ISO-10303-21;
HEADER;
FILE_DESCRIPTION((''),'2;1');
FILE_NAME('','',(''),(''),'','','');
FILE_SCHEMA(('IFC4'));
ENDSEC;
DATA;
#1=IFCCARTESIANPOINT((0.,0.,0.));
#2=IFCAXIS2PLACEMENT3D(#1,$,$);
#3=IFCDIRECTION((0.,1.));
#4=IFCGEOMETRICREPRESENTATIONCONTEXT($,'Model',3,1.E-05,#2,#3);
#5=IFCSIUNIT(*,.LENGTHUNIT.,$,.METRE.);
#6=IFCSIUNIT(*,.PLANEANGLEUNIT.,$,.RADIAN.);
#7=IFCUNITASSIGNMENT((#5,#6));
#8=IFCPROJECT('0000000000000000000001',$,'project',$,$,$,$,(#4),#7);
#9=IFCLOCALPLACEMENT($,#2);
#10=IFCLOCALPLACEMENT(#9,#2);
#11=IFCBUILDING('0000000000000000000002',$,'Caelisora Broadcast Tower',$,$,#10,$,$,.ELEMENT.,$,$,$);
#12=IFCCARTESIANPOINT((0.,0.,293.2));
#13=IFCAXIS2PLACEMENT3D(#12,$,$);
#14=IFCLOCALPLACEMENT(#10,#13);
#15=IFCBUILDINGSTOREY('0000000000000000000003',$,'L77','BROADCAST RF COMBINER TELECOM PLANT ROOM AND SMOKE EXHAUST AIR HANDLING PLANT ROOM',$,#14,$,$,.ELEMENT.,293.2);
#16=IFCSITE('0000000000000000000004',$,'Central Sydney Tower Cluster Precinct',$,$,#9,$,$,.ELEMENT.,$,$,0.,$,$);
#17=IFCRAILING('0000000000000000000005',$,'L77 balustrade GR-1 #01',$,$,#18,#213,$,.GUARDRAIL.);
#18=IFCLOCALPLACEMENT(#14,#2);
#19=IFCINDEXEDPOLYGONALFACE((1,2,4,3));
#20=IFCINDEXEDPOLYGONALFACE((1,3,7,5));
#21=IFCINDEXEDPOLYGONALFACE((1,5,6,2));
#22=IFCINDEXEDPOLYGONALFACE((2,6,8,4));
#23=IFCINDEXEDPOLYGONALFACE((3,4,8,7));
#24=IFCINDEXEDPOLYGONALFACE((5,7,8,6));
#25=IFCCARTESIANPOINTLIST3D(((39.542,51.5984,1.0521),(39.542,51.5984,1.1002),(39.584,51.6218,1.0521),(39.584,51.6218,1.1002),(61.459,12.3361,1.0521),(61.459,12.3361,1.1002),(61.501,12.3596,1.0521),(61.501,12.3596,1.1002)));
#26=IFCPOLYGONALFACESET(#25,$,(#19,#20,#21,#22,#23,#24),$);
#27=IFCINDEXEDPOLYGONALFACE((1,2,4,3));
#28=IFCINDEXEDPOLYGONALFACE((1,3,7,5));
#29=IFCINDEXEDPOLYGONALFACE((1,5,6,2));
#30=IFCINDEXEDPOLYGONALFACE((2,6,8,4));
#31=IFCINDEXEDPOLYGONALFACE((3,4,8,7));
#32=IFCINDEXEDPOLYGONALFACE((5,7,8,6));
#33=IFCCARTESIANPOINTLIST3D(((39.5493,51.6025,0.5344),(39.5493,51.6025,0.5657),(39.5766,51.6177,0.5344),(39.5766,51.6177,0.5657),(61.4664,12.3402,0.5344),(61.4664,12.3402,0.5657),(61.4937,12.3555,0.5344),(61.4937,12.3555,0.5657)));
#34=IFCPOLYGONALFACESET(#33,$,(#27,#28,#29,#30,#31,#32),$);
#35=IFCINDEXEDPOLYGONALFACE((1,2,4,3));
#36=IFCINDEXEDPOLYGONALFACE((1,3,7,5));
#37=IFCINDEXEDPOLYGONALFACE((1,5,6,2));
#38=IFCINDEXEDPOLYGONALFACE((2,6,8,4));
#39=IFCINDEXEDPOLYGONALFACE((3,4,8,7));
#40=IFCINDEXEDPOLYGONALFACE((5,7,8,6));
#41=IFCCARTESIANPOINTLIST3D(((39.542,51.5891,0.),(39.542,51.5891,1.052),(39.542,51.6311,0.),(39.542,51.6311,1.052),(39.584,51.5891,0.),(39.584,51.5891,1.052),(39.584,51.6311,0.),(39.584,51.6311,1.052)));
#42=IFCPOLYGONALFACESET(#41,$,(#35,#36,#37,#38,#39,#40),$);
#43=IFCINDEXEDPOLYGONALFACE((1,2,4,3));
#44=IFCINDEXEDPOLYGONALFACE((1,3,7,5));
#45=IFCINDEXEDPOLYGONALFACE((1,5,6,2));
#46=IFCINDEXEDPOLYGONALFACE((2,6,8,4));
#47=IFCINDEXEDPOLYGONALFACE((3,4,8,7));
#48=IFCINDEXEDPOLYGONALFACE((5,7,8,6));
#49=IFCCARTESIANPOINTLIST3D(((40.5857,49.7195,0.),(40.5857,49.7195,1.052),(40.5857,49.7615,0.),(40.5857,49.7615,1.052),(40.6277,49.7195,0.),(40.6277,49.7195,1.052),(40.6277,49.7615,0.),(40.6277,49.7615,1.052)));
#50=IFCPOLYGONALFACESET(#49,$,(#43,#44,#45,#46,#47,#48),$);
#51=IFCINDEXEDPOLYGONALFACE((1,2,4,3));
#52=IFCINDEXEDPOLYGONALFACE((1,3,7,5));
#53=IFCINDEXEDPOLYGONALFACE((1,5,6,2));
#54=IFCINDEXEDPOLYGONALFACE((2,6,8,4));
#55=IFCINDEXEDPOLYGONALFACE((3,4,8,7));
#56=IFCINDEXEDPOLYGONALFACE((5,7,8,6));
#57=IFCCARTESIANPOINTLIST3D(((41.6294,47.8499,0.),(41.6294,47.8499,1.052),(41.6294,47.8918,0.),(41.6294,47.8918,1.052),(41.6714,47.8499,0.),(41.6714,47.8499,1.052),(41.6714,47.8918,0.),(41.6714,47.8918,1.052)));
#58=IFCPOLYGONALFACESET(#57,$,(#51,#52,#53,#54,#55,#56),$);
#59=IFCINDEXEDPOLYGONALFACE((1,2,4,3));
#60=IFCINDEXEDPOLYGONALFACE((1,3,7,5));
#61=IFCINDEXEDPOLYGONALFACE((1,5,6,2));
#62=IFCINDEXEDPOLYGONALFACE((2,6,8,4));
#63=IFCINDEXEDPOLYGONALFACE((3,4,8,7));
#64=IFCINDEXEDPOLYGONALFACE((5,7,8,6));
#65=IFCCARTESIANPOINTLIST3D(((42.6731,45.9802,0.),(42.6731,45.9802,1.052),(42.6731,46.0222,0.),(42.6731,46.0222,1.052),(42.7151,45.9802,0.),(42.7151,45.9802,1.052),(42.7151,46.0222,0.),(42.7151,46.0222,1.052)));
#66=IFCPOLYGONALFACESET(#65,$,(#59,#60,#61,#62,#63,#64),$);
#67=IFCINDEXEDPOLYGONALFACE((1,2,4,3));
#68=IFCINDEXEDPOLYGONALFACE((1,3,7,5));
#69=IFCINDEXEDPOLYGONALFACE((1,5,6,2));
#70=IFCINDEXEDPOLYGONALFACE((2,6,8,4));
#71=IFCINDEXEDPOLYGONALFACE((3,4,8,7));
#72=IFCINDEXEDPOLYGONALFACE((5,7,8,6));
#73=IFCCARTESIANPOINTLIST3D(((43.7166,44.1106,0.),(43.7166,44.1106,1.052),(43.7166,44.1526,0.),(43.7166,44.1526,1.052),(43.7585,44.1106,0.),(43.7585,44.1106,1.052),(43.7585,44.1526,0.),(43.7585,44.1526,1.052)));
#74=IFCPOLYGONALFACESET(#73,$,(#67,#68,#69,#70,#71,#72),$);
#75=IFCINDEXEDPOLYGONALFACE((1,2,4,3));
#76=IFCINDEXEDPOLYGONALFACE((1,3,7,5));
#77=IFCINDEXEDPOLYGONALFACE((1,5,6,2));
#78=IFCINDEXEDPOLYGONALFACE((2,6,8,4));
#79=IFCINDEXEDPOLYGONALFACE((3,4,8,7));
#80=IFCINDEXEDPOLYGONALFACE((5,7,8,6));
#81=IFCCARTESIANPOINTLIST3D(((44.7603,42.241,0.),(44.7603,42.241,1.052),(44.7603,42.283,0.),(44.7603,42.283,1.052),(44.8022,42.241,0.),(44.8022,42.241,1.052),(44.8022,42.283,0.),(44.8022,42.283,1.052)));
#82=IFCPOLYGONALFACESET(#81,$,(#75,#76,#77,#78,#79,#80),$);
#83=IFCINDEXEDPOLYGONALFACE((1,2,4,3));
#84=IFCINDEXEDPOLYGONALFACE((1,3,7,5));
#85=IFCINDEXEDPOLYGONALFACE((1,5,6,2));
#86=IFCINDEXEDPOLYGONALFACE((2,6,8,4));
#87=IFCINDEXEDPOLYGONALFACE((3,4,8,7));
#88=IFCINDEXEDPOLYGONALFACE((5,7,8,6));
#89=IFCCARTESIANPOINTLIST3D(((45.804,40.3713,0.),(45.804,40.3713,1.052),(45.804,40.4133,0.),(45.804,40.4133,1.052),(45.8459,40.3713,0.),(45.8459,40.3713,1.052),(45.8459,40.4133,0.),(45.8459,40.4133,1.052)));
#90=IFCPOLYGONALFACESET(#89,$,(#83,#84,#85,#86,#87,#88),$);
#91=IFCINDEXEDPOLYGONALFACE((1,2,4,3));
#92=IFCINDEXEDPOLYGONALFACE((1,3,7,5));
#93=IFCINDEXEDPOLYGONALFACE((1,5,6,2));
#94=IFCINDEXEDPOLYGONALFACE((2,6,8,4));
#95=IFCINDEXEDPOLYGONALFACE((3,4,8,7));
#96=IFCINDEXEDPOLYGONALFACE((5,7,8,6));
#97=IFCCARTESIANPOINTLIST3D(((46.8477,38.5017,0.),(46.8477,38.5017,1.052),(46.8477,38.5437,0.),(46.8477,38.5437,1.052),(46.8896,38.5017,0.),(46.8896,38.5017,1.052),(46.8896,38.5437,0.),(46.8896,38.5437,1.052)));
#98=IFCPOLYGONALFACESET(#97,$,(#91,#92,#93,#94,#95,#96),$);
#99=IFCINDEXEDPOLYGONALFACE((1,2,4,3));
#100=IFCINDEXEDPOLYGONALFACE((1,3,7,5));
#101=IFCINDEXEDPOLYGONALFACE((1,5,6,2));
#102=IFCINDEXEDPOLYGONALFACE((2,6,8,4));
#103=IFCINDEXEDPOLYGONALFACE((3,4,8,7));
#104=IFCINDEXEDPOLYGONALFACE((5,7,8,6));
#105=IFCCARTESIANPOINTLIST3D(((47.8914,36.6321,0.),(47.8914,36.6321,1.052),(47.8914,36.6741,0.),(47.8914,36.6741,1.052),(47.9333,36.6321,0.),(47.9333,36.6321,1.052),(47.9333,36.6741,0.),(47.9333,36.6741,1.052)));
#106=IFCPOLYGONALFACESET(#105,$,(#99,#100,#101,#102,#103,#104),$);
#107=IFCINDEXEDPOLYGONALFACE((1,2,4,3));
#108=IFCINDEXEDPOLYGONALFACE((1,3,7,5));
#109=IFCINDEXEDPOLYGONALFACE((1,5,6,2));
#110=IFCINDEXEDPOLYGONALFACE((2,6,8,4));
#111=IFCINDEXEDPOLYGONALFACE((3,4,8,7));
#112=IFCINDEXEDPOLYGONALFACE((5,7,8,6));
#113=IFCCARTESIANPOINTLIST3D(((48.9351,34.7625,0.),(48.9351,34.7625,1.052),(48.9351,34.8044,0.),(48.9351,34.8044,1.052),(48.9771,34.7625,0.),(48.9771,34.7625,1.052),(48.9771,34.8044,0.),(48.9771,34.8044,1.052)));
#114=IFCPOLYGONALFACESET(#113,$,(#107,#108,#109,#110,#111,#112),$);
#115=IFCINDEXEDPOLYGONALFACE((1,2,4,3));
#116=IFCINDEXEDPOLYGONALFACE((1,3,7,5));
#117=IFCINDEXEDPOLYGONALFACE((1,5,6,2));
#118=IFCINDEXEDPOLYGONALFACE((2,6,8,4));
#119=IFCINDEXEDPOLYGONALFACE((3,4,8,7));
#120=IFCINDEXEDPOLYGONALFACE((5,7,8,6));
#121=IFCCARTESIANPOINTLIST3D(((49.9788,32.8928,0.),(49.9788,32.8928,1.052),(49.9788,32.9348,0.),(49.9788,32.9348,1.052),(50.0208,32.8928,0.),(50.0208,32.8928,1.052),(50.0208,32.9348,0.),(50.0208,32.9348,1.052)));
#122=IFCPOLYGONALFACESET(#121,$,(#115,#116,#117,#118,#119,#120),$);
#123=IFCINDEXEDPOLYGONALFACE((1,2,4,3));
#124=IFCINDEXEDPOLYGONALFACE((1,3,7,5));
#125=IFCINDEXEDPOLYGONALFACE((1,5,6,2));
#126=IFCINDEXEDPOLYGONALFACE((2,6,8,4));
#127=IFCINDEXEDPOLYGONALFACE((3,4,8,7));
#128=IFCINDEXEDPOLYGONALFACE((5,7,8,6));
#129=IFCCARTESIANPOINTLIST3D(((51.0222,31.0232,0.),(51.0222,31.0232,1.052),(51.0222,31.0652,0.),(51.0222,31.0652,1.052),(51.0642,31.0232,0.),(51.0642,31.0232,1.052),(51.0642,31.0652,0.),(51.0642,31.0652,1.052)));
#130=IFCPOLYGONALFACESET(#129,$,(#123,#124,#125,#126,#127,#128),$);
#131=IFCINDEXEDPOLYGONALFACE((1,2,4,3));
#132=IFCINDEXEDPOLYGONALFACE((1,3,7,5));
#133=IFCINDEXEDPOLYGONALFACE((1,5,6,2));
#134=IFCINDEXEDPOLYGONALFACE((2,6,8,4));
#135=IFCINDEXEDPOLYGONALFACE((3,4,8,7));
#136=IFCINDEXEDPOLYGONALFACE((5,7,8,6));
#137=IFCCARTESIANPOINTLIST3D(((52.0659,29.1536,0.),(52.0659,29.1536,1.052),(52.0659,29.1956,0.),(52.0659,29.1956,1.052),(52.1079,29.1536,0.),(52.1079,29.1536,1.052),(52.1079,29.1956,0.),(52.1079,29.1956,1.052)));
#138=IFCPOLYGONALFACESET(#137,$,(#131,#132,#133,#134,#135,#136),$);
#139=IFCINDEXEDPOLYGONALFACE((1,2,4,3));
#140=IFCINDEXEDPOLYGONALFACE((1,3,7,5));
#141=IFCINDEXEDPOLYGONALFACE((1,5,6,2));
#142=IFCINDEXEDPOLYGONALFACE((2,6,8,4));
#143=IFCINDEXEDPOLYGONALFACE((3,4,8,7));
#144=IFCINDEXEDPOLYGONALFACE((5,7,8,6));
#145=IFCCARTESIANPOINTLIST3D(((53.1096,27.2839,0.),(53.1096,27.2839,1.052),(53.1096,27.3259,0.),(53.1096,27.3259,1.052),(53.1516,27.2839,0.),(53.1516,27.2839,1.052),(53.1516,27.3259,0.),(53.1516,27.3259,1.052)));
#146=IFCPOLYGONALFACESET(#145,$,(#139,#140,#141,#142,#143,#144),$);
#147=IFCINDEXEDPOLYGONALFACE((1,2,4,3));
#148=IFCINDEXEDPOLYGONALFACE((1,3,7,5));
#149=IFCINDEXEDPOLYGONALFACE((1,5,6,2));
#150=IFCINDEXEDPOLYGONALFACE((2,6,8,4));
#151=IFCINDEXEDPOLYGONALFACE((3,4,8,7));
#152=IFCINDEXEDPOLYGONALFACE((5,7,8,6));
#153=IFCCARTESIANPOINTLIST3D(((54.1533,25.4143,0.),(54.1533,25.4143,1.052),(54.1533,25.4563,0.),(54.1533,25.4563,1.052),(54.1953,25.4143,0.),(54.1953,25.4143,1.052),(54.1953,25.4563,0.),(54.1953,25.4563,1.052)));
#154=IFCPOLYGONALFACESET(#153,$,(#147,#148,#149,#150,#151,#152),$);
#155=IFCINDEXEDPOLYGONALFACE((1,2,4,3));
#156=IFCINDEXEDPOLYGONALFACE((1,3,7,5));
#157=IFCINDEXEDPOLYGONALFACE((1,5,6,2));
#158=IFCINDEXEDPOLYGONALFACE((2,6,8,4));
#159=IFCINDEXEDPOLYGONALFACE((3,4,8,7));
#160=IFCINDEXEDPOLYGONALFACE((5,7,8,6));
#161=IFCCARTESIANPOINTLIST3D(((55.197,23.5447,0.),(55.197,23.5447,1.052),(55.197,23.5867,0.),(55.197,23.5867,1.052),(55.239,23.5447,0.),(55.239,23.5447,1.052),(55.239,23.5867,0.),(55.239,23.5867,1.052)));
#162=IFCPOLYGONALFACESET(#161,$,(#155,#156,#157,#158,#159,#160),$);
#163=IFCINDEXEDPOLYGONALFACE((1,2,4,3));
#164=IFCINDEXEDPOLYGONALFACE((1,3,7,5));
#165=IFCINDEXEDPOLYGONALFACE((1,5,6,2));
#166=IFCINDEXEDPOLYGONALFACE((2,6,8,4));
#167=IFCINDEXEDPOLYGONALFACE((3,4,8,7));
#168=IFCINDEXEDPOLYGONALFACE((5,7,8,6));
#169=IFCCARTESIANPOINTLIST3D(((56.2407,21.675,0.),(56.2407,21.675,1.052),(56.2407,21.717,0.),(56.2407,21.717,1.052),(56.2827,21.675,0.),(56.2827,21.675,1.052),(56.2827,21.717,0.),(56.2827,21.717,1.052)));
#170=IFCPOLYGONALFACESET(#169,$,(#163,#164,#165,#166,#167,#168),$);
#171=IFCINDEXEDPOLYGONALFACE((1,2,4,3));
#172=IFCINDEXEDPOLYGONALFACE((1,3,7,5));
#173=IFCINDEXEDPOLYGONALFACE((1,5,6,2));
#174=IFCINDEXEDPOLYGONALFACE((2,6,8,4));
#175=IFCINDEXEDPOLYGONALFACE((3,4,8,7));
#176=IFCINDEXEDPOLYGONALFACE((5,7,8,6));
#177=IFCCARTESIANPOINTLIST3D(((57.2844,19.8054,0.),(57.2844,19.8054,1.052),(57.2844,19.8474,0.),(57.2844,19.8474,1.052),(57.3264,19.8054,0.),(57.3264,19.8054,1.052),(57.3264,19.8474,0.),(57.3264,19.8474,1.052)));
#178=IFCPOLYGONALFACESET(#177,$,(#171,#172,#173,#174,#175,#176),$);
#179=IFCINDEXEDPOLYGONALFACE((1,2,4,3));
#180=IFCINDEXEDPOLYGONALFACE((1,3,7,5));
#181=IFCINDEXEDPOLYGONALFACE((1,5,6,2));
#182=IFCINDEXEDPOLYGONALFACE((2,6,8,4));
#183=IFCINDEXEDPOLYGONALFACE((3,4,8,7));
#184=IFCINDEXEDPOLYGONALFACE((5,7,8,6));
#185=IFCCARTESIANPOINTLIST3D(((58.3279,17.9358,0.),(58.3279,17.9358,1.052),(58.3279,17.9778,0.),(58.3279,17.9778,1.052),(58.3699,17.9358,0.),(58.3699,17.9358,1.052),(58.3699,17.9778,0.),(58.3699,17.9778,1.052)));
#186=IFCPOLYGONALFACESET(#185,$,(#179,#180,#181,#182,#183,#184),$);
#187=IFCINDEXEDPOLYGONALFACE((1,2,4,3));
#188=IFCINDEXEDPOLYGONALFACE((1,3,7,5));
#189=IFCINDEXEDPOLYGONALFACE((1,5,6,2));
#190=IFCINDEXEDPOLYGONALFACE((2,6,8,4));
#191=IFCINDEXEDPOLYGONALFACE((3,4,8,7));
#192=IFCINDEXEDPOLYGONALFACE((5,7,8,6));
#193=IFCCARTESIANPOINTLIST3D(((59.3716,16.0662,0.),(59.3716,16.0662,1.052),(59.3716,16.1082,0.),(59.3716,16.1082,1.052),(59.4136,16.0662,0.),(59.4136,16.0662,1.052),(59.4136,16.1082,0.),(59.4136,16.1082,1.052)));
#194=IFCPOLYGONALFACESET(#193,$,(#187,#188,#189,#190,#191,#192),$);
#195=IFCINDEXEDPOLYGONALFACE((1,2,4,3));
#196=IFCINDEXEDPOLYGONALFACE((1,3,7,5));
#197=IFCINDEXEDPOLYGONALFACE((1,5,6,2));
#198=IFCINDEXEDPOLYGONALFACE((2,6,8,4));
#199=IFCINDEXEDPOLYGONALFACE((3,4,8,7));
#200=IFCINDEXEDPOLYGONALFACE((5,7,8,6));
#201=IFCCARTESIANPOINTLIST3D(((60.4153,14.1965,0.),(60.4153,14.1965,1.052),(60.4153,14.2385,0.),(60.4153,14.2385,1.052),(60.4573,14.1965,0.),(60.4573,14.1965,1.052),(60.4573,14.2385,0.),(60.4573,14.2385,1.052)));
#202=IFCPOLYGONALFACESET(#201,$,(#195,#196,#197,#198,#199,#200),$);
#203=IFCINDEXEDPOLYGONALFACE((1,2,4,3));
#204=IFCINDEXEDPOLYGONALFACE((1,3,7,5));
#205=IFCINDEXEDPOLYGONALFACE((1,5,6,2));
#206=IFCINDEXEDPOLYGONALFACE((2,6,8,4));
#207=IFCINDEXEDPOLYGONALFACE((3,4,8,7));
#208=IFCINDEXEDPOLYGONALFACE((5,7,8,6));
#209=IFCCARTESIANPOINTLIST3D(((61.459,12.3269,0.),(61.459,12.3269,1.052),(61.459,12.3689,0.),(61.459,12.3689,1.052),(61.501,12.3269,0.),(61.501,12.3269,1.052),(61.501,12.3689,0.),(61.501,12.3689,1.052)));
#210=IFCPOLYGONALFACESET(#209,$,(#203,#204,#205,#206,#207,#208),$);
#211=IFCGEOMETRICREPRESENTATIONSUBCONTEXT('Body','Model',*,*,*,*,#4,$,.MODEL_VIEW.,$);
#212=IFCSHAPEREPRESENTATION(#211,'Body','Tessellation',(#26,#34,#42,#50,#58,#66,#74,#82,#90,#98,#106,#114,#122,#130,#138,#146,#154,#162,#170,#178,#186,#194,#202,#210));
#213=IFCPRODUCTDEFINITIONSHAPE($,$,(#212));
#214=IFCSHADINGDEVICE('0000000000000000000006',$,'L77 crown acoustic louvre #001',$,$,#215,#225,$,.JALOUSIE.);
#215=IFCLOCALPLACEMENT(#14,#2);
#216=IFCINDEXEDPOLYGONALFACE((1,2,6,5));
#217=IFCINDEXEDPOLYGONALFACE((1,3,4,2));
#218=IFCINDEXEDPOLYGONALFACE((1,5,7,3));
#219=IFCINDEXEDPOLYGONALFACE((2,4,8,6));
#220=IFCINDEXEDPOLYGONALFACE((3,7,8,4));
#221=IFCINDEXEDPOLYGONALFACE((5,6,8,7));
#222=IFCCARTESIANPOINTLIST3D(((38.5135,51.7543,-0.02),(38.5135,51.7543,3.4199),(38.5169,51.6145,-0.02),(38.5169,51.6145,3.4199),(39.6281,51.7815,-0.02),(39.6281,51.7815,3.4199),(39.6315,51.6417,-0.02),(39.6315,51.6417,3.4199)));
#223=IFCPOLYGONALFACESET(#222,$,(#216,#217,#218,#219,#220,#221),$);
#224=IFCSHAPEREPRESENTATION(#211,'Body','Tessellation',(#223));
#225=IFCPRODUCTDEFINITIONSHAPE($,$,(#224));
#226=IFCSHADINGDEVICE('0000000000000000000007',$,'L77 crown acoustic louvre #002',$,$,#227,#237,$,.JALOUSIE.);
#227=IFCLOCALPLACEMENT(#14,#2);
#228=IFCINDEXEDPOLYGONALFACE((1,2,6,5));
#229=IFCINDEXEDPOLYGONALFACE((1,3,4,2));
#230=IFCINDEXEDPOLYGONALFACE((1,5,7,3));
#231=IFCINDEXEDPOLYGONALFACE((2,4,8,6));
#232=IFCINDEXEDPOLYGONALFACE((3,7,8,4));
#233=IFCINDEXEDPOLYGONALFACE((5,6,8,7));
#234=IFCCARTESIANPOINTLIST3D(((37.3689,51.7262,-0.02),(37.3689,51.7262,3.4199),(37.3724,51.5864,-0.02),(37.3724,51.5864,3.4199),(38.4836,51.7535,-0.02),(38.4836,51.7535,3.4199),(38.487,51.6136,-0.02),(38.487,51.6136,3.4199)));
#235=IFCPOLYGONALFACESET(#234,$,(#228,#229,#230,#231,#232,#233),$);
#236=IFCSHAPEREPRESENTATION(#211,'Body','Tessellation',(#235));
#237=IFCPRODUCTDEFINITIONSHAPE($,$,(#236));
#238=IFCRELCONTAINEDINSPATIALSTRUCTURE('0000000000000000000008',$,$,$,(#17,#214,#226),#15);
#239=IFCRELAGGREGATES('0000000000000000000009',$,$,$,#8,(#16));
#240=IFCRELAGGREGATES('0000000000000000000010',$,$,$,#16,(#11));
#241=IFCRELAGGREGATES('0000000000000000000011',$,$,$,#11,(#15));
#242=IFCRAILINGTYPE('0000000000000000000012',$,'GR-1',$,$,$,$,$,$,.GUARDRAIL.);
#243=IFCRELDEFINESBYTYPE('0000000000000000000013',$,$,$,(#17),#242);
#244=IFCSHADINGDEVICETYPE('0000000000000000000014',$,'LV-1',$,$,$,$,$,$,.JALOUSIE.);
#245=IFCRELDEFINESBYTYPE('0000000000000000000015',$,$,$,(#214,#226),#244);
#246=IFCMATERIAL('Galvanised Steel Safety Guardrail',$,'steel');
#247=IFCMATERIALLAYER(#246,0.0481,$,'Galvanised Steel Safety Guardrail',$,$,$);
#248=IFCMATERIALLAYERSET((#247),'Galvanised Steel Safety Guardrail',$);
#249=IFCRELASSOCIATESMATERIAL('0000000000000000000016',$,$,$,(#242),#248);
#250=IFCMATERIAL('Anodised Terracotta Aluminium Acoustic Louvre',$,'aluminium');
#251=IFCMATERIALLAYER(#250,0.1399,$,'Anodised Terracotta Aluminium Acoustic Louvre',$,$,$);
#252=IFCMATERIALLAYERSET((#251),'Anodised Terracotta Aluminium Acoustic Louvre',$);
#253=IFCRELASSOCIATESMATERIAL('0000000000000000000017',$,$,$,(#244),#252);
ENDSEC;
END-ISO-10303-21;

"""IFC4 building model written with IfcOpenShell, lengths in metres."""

from ifc_helpers import new_model, si_unit, direction, frame, origin, origin_2d, place, context, subcontext, project, spatial, rectangle, extrude, source, transform, mapped, material, layer, layer_set, type_object, element, save


model = new_model("IFC4")

# Units and contexts
model_context = context("Model", 3, precision=1e-05, world=origin(), true_north=direction((0.0, 1.0)))
body_context = subcontext(model_context, "Body", "Model", "MODEL_VIEW")
ifc_project = project(units=[si_unit("LENGTHUNIT", "METRE"), si_unit("PLANEANGLEUNIT", "RADIAN")], contexts=[model_context])

# Site, building, storey
site_placement = place(None, origin())
site = spatial("IfcSite", under=ifc_project, at=site_placement, Name="Central Sydney Tower Cluster Precinct", CompositionType="ELEMENT", RefElevation=0.0)
building_placement = place(site_placement, origin())
building = spatial("IfcBuilding", under=site, at=building_placement, Name="Caelisora Broadcast Tower", CompositionType="ELEMENT")
storey_placement = place(building_placement, frame((0.0, 0.0, 293.2)))
storey = spatial("IfcBuildingStorey", under=building, at=storey_placement, Name="L77", Description="BROADCAST RF COMBINER TELECOM PLANT ROOM AND SMOKE EXHAUST AIR HANDLING PLANT ROOM", CompositionType="ELEMENT", Elevation=293.2)

# Railing
ifc_material_1 = material(Name="Galvanised Steel Safety Guardrail", Category="steel")
ifc_layer_1 = layer(ifc_material_1, 0.0481, Name="Galvanised Steel Safety Guardrail")
ifc_layer_set_1 = layer_set([ifc_layer_1], Name="Galvanised Steel Safety Guardrail")
railing_type = type_object("IfcRailingType", Name="GR-1", PredefinedType="GUARDRAIL", material=ifc_layer_set_1)
railing_placement = place(storey_placement, frame((39.563, 51.6101, 0.0)))
element("IfcRailing", 1, at=railing_placement, inside=storey, type_object=railing_type, Name="L77 balustrade GR-1 #01", PredefinedType="GUARDRAIL", context=body_context, shape_type="SweptSolid", body=[
    extrude(rectangle(XDim=0.0481, YDim=0.0481, at=origin_2d()), frame((0.0, 0.0, 1.0762), z_axis=(0.48742, -0.873167, 0.0), x_axis=(0.873167, 0.48742, 0.0)), (0.0, 0.0, 1.0), 44.9653),
    extrude(rectangle(XDim=0.0312, YDim=0.0312, at=origin_2d()), frame((0.0, 0.0, 0.55), z_axis=(0.48742, -0.873167, 0.0), x_axis=(0.873167, 0.48742, 0.0)), (0.0, 0.0, 1.0), 44.9653),
    extrude(rectangle(XDim=0.042, YDim=0.042, at=origin_2d()), origin(), (0.0, 0.0, 1.0), 1.052),
    extrude(rectangle(XDim=0.042, YDim=0.042, at=origin_2d()), frame((1.0437, -1.8696, 0.0)), (0.0, 0.0, 1.0), 1.052),
    extrude(rectangle(XDim=0.042, YDim=0.042, at=origin_2d()), frame((2.0874, -3.7393, 0.0)), (0.0, 0.0, 1.0), 1.052),
    extrude(rectangle(XDim=0.042, YDim=0.042, at=origin_2d()), frame((3.1311, -5.6089, 0.0)), (0.0, 0.0, 1.0), 1.052),
    extrude(rectangle(XDim=0.042, YDim=0.042, at=origin_2d()), frame((4.1746, -7.4785, 0.0)), (0.0, 0.0, 1.0), 1.052),
    extrude(rectangle(XDim=0.042, YDim=0.042, at=origin_2d()), frame((5.2183, -9.3481, 0.0)), (0.0, 0.0, 1.0), 1.052),
    extrude(rectangle(XDim=0.042, YDim=0.042, at=origin_2d()), frame((6.262, -11.2178, 0.0)), (0.0, 0.0, 1.0), 1.052),
    extrude(rectangle(XDim=0.042, YDim=0.042, at=origin_2d()), frame((7.3057, -13.0874, 0.0)), (0.0, 0.0, 1.0), 1.052),
    extrude(rectangle(XDim=0.042, YDim=0.042, at=origin_2d()), frame((8.3494, -14.957, 0.0)), (0.0, 0.0, 1.0), 1.052),
    extrude(rectangle(XDim=0.042, YDim=0.042, at=origin_2d()), frame((9.3931, -16.8267, 0.0)), (0.0, 0.0, 1.0), 1.052),
    extrude(rectangle(XDim=0.042, YDim=0.042, at=origin_2d()), frame((10.4368, -18.6963, 0.0)), (0.0, 0.0, 1.0), 1.052),
    extrude(rectangle(XDim=0.042, YDim=0.042, at=origin_2d()), frame((11.4802, -20.5659, 0.0)), (0.0, 0.0, 1.0), 1.052),
    extrude(rectangle(XDim=0.042, YDim=0.042, at=origin_2d()), frame((12.5239, -22.4355, 0.0)), (0.0, 0.0, 1.0), 1.052),
    extrude(rectangle(XDim=0.042, YDim=0.042, at=origin_2d()), frame((13.5676, -24.3052, 0.0)), (0.0, 0.0, 1.0), 1.052),
    extrude(rectangle(XDim=0.042, YDim=0.042, at=origin_2d()), frame((14.6113, -26.1748, 0.0)), (0.0, 0.0, 1.0), 1.052),
    extrude(rectangle(XDim=0.042, YDim=0.042, at=origin_2d()), frame((15.655, -28.0444, 0.0)), (0.0, 0.0, 1.0), 1.052),
    extrude(rectangle(XDim=0.042, YDim=0.042, at=origin_2d()), frame((16.6987, -29.9141, 0.0)), (0.0, 0.0, 1.0), 1.052),
    extrude(rectangle(XDim=0.042, YDim=0.042, at=origin_2d()), frame((17.7424, -31.7837, 0.0)), (0.0, 0.0, 1.0), 1.052),
    extrude(rectangle(XDim=0.042, YDim=0.042, at=origin_2d()), frame((18.7859, -33.6533, 0.0)), (0.0, 0.0, 1.0), 1.052),
    extrude(rectangle(XDim=0.042, YDim=0.042, at=origin_2d()), frame((19.8296, -35.5229, 0.0)), (0.0, 0.0, 1.0), 1.052),
    extrude(rectangle(XDim=0.042, YDim=0.042, at=origin_2d()), frame((20.8733, -37.3926, 0.0)), (0.0, 0.0, 1.0), 1.052),
    extrude(rectangle(XDim=0.042, YDim=0.042, at=origin_2d()), frame((21.917, -39.2622, 0.0)), (0.0, 0.0, 1.0), 1.052),
])

# Shading devices
ifc_material_2 = material(Name="Anodised Terracotta Aluminium Acoustic Louvre", Category="aluminium")
ifc_layer_2 = layer(ifc_material_2, 0.1399, Name="Anodised Terracotta Aluminium Acoustic Louvre")
ifc_layer_set_2 = layer_set([ifc_layer_2], Name="Anodised Terracotta Aluminium Acoustic Louvre")
shading_device_type = type_object("IfcShadingDeviceType", Name="LV-1", PredefinedType="JALOUSIE", material=ifc_layer_set_2)
shared_shape_1 = source(origin(), body_context, "Body", "SweptSolid", [
    extrude(rectangle(XDim=1.115, YDim=0.1399, at=origin_2d()), origin(), (0.0, 0.0, 1.0), 3.4399),
])
for number, where, z_axis, x_axis, name in (
    (2, (39.0725, 51.698, -0.02), (0.0, 0.0, 1.0), (-0.999701, -0.024432, 0.0), "L77 crown acoustic louvre #001"),
    (3, (37.928, 51.6699, -0.02), (0.0, 0.0, 1.0), (-0.999701, -0.024432, 0.0), "L77 crown acoustic louvre #002"),
):
    element("IfcShadingDevice", number, at=place(storey_placement, frame(where, z_axis=z_axis, x_axis=x_axis)), inside=storey, type_object=shading_device_type, Name=name, PredefinedType="JALOUSIE", context=body_context, shape_type="MappedRepresentation", body=[
        mapped(shared_shape_1, transform((0.0, 0.0, 0.0), scale=1.0)),
    ])

save(model, "model.ifc")
